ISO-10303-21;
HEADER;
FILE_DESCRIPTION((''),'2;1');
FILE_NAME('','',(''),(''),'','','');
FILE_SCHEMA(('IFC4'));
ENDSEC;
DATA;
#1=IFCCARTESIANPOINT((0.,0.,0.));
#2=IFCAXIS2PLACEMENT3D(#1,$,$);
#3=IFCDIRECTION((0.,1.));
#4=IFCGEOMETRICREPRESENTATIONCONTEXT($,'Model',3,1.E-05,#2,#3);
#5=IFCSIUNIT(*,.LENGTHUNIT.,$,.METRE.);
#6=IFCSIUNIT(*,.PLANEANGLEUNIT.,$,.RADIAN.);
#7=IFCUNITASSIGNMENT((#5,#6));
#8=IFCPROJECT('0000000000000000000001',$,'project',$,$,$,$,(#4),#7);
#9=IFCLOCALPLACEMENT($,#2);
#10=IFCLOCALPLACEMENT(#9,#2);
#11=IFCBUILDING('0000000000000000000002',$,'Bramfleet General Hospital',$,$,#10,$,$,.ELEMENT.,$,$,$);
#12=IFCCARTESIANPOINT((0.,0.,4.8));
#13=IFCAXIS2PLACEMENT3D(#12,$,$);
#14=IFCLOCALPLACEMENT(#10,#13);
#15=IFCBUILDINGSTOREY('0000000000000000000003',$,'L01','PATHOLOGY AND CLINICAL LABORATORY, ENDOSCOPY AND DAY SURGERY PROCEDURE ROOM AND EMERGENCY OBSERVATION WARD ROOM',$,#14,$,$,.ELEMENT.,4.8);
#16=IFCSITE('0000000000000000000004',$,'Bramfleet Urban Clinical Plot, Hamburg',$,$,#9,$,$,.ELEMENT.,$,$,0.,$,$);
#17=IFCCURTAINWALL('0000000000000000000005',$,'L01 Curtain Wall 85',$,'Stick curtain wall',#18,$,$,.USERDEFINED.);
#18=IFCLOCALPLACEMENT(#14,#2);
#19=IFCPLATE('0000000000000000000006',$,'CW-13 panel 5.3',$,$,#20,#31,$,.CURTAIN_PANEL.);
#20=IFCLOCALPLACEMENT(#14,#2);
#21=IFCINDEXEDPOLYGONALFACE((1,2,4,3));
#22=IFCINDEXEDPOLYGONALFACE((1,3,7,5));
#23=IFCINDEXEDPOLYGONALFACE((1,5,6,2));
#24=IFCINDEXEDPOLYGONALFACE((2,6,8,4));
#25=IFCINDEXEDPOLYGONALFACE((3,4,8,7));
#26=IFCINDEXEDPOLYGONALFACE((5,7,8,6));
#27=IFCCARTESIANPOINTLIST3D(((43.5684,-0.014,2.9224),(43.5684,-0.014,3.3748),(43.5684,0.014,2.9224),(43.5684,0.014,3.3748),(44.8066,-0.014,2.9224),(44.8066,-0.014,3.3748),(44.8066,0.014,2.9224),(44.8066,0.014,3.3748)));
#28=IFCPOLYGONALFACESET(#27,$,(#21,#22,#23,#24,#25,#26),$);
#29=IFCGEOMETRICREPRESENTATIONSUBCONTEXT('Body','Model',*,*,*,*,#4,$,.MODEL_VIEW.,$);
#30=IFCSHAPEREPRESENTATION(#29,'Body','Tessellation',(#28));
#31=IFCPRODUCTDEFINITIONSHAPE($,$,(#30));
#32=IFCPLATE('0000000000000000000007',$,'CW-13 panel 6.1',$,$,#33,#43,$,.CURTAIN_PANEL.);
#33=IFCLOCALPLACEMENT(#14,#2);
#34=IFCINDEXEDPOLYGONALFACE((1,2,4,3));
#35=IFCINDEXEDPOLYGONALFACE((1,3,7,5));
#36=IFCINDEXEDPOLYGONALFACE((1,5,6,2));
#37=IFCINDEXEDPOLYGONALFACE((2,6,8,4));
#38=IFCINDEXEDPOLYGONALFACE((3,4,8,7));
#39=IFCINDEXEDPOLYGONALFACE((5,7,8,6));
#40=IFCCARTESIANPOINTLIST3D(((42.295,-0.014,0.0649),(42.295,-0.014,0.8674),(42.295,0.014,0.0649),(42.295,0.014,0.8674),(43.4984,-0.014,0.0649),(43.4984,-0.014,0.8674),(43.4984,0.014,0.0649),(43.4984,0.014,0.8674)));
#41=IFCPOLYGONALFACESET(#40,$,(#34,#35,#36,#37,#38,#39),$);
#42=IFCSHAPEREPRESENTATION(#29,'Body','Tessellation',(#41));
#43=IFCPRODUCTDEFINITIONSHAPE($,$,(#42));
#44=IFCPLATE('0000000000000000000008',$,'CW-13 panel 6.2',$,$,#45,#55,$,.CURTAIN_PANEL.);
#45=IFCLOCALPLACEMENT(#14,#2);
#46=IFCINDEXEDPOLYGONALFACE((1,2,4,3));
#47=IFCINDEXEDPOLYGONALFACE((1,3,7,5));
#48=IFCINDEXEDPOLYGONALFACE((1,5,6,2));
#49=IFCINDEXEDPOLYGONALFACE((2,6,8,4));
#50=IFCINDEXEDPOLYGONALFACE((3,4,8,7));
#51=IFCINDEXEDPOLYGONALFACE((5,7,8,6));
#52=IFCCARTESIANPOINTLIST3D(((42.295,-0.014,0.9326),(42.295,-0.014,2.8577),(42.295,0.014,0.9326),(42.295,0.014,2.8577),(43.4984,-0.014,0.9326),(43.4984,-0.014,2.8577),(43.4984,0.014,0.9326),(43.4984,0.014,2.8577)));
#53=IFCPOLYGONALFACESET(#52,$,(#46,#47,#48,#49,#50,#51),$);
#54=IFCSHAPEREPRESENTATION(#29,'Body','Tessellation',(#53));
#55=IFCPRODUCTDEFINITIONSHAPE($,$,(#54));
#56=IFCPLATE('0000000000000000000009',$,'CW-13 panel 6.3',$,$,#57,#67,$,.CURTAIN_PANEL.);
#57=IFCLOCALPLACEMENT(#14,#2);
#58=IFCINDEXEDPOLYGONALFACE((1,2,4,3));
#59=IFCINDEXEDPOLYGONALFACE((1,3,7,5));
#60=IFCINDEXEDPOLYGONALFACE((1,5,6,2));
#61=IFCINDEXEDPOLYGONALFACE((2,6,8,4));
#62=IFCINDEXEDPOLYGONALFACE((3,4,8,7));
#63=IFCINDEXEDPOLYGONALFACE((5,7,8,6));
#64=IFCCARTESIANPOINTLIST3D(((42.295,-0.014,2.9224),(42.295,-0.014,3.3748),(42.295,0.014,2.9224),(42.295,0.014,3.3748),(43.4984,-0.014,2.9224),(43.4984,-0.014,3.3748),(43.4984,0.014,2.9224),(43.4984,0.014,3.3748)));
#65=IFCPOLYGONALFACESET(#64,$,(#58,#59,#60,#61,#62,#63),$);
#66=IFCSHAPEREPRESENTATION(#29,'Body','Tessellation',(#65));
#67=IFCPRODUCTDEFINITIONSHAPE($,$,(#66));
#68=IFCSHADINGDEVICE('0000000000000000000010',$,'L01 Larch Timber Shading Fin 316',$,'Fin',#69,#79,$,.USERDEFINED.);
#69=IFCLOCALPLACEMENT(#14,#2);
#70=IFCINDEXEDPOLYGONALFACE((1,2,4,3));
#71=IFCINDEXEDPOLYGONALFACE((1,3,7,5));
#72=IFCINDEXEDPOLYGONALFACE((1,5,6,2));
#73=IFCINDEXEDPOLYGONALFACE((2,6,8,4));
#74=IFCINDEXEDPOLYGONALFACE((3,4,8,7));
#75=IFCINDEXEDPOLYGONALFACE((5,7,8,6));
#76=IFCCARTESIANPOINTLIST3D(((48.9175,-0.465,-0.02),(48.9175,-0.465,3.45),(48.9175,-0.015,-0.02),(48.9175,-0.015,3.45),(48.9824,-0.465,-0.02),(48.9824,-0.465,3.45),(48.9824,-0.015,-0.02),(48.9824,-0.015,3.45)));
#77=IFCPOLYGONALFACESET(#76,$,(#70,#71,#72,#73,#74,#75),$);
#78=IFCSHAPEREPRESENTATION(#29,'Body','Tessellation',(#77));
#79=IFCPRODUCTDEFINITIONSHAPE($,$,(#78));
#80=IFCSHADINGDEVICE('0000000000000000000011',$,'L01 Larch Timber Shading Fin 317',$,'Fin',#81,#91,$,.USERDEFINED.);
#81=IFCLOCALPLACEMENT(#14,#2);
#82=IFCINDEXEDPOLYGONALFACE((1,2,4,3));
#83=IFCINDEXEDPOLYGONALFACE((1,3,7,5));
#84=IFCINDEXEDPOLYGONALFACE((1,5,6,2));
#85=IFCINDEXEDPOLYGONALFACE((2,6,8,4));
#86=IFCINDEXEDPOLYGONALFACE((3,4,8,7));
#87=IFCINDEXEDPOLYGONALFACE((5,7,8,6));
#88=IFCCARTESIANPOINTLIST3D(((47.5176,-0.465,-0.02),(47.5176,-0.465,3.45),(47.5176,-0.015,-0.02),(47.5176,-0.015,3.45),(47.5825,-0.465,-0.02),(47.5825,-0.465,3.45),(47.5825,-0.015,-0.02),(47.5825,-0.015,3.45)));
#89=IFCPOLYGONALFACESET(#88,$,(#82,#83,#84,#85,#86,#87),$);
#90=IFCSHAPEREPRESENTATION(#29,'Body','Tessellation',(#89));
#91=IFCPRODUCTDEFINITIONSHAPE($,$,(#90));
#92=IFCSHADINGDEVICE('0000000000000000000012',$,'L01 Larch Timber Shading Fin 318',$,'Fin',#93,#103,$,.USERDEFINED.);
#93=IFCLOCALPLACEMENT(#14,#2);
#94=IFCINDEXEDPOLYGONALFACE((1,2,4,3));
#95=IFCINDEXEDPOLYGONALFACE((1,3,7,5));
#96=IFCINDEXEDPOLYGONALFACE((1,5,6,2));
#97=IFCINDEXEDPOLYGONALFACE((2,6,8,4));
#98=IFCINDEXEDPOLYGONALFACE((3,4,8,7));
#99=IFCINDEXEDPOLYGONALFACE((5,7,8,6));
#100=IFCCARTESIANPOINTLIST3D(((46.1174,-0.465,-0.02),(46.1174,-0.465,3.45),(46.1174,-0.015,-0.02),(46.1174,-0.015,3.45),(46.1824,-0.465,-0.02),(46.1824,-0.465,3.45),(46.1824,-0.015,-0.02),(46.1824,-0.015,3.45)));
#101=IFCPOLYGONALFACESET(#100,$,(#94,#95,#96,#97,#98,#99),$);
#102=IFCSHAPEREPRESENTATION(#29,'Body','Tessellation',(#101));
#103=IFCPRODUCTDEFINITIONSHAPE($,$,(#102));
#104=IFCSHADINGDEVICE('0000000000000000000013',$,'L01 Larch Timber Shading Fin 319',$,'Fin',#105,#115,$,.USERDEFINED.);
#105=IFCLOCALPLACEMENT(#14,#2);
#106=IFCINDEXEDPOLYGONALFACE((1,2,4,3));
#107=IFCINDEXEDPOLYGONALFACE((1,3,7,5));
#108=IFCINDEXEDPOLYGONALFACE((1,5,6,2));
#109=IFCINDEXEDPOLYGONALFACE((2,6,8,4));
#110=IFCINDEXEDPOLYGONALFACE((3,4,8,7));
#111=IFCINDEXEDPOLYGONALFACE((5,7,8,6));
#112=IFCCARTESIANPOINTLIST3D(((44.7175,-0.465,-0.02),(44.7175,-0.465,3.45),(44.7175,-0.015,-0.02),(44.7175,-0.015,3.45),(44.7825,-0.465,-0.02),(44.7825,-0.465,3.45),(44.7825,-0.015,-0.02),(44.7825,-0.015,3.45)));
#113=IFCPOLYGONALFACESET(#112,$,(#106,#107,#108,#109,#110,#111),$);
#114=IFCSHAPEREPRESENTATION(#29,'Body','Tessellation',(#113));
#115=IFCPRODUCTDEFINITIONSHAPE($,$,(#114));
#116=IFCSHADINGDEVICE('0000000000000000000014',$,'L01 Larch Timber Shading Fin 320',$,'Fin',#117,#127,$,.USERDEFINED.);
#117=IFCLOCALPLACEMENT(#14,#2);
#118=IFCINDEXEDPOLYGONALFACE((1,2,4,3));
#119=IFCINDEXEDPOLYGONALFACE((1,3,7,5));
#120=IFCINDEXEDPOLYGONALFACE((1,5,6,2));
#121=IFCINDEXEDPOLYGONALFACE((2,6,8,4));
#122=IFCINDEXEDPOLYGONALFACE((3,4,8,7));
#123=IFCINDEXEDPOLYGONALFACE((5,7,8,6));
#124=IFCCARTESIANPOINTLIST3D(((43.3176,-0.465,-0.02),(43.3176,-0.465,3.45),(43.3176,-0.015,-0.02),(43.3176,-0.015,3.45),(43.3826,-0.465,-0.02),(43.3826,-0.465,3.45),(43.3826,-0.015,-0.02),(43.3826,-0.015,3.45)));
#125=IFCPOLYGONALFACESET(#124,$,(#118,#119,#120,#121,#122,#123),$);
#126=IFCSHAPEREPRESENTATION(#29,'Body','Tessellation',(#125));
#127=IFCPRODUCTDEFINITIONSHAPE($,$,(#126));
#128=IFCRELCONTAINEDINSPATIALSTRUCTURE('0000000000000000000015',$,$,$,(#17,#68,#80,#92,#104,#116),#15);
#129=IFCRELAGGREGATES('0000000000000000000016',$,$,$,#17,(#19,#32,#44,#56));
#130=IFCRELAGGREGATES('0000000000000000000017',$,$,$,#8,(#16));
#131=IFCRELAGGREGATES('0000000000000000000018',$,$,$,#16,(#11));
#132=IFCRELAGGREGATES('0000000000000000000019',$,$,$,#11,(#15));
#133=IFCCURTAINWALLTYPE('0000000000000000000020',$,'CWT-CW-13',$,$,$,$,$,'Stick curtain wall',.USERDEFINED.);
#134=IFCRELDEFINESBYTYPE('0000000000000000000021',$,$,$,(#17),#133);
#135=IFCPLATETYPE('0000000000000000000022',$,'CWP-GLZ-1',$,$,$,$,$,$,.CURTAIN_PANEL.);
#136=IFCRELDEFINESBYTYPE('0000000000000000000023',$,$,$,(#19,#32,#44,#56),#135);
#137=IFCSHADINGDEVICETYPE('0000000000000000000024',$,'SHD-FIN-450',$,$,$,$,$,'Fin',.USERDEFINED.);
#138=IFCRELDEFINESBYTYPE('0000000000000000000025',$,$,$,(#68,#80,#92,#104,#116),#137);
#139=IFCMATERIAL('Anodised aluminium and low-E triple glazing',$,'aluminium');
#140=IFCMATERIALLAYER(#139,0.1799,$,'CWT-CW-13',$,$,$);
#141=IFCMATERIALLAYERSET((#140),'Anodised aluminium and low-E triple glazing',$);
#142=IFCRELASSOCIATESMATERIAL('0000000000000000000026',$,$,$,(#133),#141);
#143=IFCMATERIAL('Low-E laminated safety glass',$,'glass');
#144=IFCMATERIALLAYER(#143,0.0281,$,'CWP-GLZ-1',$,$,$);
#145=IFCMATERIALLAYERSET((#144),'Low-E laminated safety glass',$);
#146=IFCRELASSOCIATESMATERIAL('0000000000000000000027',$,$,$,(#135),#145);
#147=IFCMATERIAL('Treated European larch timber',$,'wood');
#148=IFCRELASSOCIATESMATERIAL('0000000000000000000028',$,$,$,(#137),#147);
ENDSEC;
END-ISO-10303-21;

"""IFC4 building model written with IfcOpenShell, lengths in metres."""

from ifc_helpers import new_model, si_unit, direction, frame, origin, origin_2d, place, context, subcontext, project, spatial, rectangle, extrude, material, layer, layer_set, material_profile, profile_set, type_object, element, aggregate, save


model = new_model("IFC4")

# Units and contexts
model_context = context("Model", 3, precision=1e-05, world=origin(), true_north=direction((0.0, 1.0)))
body_context = subcontext(model_context, "Body", "Model", "MODEL_VIEW")
ifc_project = project(units=[si_unit("LENGTHUNIT", "METRE"), si_unit("PLANEANGLEUNIT", "RADIAN")], contexts=[model_context])

# Site, building, storey
site_placement = place(None, origin())
site = spatial("IfcSite", under=ifc_project, at=site_placement, Name="Bramfleet Urban Clinical Plot, Hamburg", CompositionType="ELEMENT", RefElevation=0.0)
building_placement = place(site_placement, origin())
building = spatial("IfcBuilding", under=site, at=building_placement, Name="Bramfleet General Hospital", CompositionType="ELEMENT")
storey_placement = place(building_placement, frame((0.0, 0.0, 4.8)))
storey = spatial("IfcBuildingStorey", under=building, at=storey_placement, Name="L01", Description="PATHOLOGY AND CLINICAL LABORATORY, ENDOSCOPY AND DAY SURGERY PROCEDURE ROOM AND EMERGENCY OBSERVATION WARD ROOM", CompositionType="ELEMENT", Elevation=4.8)

# Curtain wall, plates
ifc_material_1 = material(Name="Anodised aluminium and low-E triple glazing", Category="aluminium")
ifc_layer_1 = layer(ifc_material_1, 0.1799, Name="CWT-CW-13")
ifc_layer_set_1 = layer_set([ifc_layer_1], Name="Anodised aluminium and low-E triple glazing")
curtain_wall_type = type_object("IfcCurtainWallType", Name="CWT-CW-13", ElementType="Stick curtain wall", PredefinedType="USERDEFINED", material=ifc_layer_set_1)
curtain_wall_placement = place(storey_placement, origin())
curtain_wall = element("IfcCurtainWall", 1, at=curtain_wall_placement, inside=storey, type_object=curtain_wall_type, Name="L01 Curtain Wall 85", ObjectType="Stick curtain wall", PredefinedType="USERDEFINED")
ifc_material_2 = material(Name="Low-E laminated safety glass", Category="glass")
ifc_layer_2 = layer(ifc_material_2, 0.0281, Name="CWP-GLZ-1")
ifc_layer_set_2 = layer_set([ifc_layer_2], Name="Low-E laminated safety glass")
plate_type = type_object("IfcPlateType", Name="CWP-GLZ-1", PredefinedType="CURTAIN_PANEL", material=ifc_layer_set_2)
plate_1_placement = place(storey_placement, frame((44.1875, 0.0, 2.9224), z_axis=(0.0, 0.0, 1.0), x_axis=(-1.0, 0.0, 0.0)))
plate_1 = element("IfcPlate", 2, at=plate_1_placement, type_object=plate_type, Name="CW-13 panel 5.3", PredefinedType="CURTAIN_PANEL", context=body_context, shape_type="SweptSolid", body=[
    extrude(rectangle(XDim=1.2383, YDim=0.0281, at=origin_2d()), origin(), (0.0, 0.0, 1.0), 0.4524),
])
plate_2_placement = place(storey_placement, frame((42.8967, 0.0, 0.0649), z_axis=(0.0, 0.0, 1.0), x_axis=(-1.0, 0.0, 0.0)))
plate_2 = element("IfcPlate", 3, at=plate_2_placement, type_object=plate_type, Name="CW-13 panel 6.1", PredefinedType="CURTAIN_PANEL", context=body_context, shape_type="SweptSolid", body=[
    extrude(rectangle(XDim=1.2034, YDim=0.0281, at=origin_2d()), origin(), (0.0, 0.0, 1.0), 0.8025),
])
plate_3_placement = place(storey_placement, frame((42.8967, 0.0, 0.9326), z_axis=(0.0, 0.0, 1.0), x_axis=(-1.0, 0.0, 0.0)))
plate_3 = element("IfcPlate", 4, at=plate_3_placement, type_object=plate_type, Name="CW-13 panel 6.2", PredefinedType="CURTAIN_PANEL", context=body_context, shape_type="SweptSolid", body=[
    extrude(rectangle(XDim=1.2034, YDim=0.0281, at=origin_2d()), origin(), (0.0, 0.0, 1.0), 1.925),
])
plate_4_placement = place(storey_placement, frame((42.8967, 0.0, 2.9224), z_axis=(0.0, 0.0, 1.0), x_axis=(-1.0, 0.0, 0.0)))
plate_4 = element("IfcPlate", 5, at=plate_4_placement, type_object=plate_type, Name="CW-13 panel 6.3", PredefinedType="CURTAIN_PANEL", context=body_context, shape_type="SweptSolid", body=[
    extrude(rectangle(XDim=1.2034, YDim=0.0281, at=origin_2d()), origin(), (0.0, 0.0, 1.0), 0.4524),
])
aggregate(curtain_wall, [plate_1, plate_2, plate_3, plate_4])

# Shading devices
ifc_material_3 = material(Name="Treated European larch timber", Category="wood")
ifc_material_profile_1 = material_profile(ifc_material_3, rectangle(XDim=0.0649, YDim=0.45, at=origin_2d()), Name="LARCH FIN 450x65")
ifc_profile_set_1 = profile_set([ifc_material_profile_1], Name="Treated European larch timber")
shading_device_type = type_object("IfcShadingDeviceType", Name="SHD-FIN-450", ElementType="Fin", PredefinedType="USERDEFINED", material=ifc_profile_set_1)
for number, where, z_axis, x_axis, name in (
    (6, (48.95, -0.24, -0.02), (0.0, 0.0, 1.0), (-1.0, 0.0, 0.0), "L01 Larch Timber Shading Fin 316"),
    (7, (47.55, -0.24, -0.02), (0.0, 0.0, 1.0), (-1.0, 0.0, 0.0), "L01 Larch Timber Shading Fin 317"),
    (8, (46.1499, -0.24, -0.02), (0.0, 0.0, 1.0), (-1.0, 0.0, 0.0), "L01 Larch Timber Shading Fin 318"),
    (9, (44.75, -0.24, -0.02), (0.0, 0.0, 1.0), (-1.0, 0.0, 0.0), "L01 Larch Timber Shading Fin 319"),
    (10, (43.3501, -0.24, -0.02), (0.0, 0.0, 1.0), (-1.0, 0.0, 0.0), "L01 Larch Timber Shading Fin 320"),
):
    element("IfcShadingDevice", number, at=place(storey_placement, frame(where, z_axis=z_axis, x_axis=x_axis)), inside=storey, type_object=shading_device_type, Name=name, ObjectType="Fin", PredefinedType="USERDEFINED", context=body_context, shape_type="SweptSolid", body=[
        extrude(rectangle(XDim=0.0649, YDim=0.45, at=origin_2d()), origin(), (0.0, 0.0, 1.0), 3.47),
    ])

save(model, "model.ifc")
